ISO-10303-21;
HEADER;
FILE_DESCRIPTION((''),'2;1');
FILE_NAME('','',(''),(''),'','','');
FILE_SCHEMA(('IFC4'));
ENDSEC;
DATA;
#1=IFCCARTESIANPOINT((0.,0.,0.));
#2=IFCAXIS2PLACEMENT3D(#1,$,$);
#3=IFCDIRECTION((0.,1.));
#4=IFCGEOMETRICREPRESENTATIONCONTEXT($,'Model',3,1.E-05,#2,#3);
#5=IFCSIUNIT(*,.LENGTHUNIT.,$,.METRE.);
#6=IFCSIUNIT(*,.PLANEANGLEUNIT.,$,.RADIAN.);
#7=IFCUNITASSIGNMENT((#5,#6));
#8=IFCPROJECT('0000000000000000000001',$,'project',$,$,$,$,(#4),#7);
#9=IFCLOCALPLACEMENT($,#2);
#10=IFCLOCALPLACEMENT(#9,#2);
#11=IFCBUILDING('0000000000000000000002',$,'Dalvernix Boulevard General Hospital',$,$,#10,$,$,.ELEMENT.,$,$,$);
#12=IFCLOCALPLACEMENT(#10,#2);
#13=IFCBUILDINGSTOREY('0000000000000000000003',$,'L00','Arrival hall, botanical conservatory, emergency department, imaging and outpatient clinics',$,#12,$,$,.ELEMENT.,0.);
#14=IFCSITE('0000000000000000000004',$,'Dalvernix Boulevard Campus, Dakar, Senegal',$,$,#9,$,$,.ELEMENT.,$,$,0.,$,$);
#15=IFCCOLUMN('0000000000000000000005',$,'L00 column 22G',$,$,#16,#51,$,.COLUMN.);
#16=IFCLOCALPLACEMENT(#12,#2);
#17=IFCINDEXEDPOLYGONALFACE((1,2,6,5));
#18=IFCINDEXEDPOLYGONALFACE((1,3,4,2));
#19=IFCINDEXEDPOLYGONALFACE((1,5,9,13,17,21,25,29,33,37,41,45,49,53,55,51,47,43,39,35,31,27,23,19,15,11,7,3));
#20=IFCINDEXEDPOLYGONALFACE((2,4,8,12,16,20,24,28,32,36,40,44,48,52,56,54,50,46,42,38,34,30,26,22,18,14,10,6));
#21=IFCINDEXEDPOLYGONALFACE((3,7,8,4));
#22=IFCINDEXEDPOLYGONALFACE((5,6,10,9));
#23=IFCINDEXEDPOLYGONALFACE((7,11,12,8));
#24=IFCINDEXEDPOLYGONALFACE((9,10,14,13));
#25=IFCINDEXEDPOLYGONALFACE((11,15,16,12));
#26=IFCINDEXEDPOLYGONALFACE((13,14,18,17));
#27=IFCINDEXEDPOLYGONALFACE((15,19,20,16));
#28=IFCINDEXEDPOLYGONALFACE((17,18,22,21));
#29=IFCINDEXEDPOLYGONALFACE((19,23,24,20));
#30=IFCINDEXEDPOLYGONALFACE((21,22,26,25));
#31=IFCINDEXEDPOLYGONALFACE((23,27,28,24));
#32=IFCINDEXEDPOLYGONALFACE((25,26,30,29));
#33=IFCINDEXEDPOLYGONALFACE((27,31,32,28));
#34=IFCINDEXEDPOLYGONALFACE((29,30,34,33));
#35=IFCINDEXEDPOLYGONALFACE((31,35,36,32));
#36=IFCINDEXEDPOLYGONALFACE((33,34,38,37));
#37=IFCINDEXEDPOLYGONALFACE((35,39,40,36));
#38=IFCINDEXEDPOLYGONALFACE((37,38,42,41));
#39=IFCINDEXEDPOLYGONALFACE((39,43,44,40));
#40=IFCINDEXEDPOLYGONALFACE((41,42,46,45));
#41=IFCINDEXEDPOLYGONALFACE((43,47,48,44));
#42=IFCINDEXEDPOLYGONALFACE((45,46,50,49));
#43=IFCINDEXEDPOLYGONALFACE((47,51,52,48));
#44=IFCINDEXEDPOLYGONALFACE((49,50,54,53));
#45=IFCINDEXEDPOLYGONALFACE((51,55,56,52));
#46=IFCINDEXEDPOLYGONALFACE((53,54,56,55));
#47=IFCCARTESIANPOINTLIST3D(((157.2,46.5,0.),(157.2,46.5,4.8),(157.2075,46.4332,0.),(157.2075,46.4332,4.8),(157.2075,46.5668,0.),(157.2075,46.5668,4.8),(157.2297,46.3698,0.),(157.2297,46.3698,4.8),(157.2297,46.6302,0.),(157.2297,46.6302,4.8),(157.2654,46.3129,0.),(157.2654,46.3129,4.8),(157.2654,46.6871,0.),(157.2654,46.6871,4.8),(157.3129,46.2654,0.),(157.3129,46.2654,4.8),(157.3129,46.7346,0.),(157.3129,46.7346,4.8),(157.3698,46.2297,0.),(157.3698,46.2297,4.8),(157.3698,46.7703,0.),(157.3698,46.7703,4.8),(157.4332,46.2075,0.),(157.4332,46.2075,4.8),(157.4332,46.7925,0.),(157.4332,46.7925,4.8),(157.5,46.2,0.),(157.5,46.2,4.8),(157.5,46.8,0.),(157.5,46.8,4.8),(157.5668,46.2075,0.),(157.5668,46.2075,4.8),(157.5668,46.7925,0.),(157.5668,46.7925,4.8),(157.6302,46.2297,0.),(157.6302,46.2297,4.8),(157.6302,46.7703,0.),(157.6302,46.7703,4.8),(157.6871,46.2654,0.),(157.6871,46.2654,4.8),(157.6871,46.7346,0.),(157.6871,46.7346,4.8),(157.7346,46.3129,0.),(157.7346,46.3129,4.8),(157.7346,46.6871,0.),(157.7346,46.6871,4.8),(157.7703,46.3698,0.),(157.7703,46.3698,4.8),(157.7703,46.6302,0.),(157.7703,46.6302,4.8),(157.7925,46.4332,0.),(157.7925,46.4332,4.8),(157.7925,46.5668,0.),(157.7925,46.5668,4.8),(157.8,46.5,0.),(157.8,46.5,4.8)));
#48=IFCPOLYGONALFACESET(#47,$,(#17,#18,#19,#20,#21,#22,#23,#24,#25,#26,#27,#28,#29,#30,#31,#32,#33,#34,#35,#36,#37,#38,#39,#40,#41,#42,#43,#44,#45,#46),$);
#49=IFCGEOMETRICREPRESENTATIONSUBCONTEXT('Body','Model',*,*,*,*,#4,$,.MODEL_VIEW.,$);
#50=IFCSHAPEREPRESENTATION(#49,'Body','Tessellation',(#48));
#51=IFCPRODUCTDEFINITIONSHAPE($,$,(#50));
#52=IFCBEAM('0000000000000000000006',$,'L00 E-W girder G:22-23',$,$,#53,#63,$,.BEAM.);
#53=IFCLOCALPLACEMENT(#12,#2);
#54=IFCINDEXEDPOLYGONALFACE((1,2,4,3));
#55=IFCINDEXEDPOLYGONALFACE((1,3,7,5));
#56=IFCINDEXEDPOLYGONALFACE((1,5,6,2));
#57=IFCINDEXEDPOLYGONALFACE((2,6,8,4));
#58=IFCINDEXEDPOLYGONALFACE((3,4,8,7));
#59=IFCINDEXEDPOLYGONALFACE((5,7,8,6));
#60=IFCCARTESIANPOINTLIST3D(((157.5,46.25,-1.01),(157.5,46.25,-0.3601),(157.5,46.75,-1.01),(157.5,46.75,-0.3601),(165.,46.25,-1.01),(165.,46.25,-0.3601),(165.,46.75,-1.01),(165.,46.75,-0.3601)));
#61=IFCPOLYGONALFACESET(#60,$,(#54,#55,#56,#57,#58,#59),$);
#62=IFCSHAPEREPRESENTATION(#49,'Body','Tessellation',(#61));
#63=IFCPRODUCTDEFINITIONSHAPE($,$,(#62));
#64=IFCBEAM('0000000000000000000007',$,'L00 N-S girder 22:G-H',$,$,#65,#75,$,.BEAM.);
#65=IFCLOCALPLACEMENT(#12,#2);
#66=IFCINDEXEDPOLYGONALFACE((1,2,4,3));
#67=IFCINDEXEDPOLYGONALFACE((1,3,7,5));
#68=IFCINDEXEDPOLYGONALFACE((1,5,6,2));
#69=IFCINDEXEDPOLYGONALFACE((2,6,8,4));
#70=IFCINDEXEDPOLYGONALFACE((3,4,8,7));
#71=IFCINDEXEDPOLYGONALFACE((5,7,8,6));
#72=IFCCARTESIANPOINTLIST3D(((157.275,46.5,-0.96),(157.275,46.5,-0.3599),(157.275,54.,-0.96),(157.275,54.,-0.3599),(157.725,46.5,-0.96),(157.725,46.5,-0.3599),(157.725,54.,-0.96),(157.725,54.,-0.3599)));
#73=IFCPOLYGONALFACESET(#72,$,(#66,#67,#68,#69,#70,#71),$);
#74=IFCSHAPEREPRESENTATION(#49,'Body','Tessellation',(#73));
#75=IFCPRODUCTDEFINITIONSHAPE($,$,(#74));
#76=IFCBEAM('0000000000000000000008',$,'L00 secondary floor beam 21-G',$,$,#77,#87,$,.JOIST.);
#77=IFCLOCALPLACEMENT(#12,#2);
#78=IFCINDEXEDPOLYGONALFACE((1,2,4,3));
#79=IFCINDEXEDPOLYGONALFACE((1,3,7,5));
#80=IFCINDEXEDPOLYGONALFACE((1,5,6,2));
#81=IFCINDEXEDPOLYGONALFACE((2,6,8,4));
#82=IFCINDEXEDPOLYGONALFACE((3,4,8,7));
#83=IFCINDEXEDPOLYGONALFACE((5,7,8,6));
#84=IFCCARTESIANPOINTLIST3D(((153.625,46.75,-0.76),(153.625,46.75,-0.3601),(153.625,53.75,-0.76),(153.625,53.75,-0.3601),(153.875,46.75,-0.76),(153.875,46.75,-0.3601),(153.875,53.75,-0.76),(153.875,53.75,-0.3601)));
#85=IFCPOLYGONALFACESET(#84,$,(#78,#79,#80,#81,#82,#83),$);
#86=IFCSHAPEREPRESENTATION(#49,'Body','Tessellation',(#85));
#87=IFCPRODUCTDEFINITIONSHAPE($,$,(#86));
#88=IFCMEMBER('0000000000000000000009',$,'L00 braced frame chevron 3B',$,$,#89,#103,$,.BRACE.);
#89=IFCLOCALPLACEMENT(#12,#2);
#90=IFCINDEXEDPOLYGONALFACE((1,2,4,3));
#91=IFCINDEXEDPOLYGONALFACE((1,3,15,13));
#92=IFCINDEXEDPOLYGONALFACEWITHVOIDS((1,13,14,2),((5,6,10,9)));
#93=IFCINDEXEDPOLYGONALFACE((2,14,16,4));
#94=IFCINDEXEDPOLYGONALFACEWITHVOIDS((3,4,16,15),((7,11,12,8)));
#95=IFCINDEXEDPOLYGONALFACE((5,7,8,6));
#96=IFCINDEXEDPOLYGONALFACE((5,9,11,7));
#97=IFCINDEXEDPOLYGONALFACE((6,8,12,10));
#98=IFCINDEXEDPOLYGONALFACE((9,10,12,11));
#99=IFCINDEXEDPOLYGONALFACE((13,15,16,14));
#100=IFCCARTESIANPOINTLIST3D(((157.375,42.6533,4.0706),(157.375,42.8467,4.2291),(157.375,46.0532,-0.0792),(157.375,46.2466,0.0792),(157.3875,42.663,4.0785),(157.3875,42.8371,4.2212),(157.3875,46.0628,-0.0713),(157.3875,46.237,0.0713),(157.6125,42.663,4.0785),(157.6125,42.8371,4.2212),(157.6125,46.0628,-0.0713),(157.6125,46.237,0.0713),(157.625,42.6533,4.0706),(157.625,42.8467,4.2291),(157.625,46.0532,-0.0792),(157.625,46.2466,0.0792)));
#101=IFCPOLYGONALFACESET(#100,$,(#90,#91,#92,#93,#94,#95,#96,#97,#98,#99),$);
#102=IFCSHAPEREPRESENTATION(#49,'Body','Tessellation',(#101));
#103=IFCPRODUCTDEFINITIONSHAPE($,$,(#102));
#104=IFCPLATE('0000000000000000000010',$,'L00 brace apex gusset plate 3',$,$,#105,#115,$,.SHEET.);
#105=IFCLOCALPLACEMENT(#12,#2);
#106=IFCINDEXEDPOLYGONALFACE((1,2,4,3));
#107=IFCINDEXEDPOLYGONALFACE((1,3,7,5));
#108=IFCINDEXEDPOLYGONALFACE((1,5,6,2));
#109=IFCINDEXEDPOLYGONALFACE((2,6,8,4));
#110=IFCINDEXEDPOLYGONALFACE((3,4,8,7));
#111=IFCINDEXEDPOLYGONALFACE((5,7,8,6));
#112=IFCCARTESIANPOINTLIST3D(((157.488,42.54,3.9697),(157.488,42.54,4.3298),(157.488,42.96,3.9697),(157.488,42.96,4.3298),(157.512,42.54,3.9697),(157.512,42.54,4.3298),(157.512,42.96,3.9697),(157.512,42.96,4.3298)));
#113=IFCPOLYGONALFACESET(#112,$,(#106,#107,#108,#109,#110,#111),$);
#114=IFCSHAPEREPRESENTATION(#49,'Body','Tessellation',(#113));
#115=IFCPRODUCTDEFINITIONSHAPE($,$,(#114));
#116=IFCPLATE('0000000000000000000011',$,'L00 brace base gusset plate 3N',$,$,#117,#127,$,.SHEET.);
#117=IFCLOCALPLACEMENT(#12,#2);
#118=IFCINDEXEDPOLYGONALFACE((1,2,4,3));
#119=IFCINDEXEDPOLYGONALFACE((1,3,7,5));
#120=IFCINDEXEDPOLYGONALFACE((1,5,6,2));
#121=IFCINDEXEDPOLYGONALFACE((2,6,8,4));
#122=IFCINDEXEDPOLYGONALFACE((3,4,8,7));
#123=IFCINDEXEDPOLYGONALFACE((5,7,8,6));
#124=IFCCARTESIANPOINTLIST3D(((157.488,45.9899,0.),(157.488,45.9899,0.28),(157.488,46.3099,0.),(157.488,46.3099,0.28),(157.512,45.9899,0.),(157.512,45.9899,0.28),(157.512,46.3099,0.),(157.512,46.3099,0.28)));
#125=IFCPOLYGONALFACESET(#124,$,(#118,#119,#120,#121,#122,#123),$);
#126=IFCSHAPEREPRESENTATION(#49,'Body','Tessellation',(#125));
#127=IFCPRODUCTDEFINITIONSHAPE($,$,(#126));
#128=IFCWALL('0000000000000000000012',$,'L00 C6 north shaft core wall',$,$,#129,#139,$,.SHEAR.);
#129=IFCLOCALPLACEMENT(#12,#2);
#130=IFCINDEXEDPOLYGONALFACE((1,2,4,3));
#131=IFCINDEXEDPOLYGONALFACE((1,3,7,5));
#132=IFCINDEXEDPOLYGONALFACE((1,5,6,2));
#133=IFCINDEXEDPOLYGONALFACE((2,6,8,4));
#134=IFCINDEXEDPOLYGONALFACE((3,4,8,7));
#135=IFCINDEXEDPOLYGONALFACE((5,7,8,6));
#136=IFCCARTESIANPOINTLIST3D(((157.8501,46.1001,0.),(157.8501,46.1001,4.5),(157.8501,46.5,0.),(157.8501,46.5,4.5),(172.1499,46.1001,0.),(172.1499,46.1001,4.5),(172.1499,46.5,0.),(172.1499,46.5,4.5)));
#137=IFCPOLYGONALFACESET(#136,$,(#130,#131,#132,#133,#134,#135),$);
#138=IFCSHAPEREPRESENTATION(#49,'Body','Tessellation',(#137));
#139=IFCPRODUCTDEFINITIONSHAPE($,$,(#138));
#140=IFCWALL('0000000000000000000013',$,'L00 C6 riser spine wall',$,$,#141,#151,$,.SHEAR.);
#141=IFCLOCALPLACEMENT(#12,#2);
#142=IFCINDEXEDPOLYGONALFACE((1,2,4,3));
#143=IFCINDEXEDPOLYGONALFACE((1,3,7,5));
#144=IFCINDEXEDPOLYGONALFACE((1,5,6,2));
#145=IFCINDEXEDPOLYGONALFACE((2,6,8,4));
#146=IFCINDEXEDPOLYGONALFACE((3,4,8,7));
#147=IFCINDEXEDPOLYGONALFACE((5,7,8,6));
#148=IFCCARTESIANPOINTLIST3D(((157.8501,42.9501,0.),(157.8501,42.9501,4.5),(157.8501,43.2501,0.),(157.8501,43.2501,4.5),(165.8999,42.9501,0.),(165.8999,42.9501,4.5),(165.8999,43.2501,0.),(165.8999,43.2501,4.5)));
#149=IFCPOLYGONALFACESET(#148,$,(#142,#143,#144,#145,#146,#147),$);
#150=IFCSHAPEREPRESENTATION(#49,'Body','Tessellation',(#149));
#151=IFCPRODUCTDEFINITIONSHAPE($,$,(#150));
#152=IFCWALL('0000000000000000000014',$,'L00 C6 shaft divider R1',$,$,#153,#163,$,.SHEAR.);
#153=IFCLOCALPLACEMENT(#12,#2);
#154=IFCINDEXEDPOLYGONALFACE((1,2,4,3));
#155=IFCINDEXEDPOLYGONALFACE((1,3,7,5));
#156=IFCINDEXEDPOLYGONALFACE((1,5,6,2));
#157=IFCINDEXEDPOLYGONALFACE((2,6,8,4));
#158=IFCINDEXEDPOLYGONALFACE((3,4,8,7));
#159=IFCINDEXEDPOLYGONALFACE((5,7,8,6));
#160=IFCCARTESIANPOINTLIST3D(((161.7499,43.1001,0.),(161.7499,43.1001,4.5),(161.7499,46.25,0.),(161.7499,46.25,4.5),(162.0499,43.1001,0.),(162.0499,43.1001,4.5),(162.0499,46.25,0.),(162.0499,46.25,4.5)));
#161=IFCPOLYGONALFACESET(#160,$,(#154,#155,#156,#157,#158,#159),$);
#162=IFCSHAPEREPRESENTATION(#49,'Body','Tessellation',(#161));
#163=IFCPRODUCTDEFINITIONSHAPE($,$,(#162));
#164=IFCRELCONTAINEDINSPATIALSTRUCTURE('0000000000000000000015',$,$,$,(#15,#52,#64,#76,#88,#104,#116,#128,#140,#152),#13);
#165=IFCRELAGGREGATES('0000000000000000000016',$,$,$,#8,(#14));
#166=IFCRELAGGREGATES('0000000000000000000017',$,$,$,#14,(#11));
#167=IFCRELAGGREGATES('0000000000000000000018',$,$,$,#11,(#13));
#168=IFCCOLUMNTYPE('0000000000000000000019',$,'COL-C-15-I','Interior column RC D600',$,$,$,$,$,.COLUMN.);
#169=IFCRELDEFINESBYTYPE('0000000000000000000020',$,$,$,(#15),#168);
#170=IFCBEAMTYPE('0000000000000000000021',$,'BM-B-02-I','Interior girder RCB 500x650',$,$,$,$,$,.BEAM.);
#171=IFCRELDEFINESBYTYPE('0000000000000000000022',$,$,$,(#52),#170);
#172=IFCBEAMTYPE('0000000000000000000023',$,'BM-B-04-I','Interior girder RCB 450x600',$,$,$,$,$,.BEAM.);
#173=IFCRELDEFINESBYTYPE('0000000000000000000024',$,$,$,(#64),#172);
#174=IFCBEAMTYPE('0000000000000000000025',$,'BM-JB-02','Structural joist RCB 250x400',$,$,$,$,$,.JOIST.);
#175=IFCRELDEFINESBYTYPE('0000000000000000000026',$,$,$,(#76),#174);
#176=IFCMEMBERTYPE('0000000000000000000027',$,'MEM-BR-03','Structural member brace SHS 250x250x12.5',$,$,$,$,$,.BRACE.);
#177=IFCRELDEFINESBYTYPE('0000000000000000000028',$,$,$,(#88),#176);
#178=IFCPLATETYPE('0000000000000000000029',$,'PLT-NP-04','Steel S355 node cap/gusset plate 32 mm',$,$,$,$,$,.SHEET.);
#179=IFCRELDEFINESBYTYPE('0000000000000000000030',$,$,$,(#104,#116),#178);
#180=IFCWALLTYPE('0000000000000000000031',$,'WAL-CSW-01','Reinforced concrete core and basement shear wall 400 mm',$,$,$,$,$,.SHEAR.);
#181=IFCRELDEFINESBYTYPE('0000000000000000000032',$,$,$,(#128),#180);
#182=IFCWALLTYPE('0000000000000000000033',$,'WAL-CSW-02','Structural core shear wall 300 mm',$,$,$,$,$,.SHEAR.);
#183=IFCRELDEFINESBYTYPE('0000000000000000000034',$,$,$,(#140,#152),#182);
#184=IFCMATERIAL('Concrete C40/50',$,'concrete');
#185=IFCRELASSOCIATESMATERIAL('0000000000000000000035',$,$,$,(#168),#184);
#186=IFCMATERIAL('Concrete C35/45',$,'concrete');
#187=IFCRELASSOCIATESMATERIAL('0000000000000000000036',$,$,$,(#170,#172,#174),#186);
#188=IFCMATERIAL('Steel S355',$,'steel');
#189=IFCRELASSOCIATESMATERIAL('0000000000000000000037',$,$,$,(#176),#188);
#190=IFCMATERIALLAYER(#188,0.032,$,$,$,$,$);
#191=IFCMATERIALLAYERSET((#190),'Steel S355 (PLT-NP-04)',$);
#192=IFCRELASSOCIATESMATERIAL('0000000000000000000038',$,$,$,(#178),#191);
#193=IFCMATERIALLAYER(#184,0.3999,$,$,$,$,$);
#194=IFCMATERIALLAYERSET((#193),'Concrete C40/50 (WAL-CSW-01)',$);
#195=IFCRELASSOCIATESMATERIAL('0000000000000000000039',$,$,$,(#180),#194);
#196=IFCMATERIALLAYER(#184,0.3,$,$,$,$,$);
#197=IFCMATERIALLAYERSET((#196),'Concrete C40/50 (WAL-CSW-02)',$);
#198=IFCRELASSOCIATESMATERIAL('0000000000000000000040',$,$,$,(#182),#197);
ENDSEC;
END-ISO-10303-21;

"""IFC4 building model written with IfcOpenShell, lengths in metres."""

from ifc_helpers import new_model, si_unit, direction, frame, frame_2d, origin, origin_2d, place, context, subcontext, project, spatial, rectangle, hollow_rectangle, circle, extrude, material, layer, layer_set, material_profile, profile_set, type_object, element, save


model = new_model("IFC4")

# Units and contexts
model_context = context("Model", 3, precision=1e-05, world=origin(), true_north=direction((0.0, 1.0)))
body_context = subcontext(model_context, "Body", "Model", "MODEL_VIEW")
ifc_project = project(units=[si_unit("LENGTHUNIT", "METRE"), si_unit("PLANEANGLEUNIT", "RADIAN")], contexts=[model_context])

# Site, building, storey
site_placement = place(None, origin())
site = spatial("IfcSite", under=ifc_project, at=site_placement, Name="Dalvernix Boulevard Campus, Dakar, Senegal", CompositionType="ELEMENT", RefElevation=0.0)
building_placement = place(site_placement, origin())
building = spatial("IfcBuilding", under=site, at=building_placement, Name="Dalvernix Boulevard General Hospital", CompositionType="ELEMENT")
storey_placement = place(building_placement, origin())
storey = spatial("IfcBuildingStorey", under=building, at=storey_placement, Name="L00", Description="Arrival hall, botanical conservatory, emergency department, imaging and outpatient clinics", CompositionType="ELEMENT", Elevation=0.0)

# Column
ifc_material_1 = material(Name="Concrete C40/50", Category="concrete")
ifc_material_profile_1 = material_profile(ifc_material_1, circle(Radius=0.3, at=origin_2d()), Name="RC D600")
ifc_profile_set_1 = profile_set([ifc_material_profile_1], Name="Concrete C40/50")
column_type = type_object("IfcColumnType", Name="COL-C-15-I", Description="Interior column RC D600", PredefinedType="COLUMN", material=ifc_profile_set_1)
column_placement = place(storey_placement, frame((157.5, 46.5, 0.0), z_axis=(0.0, 0.0, 1.0), x_axis=(1.0, 0.0, 0.0)))
element("IfcColumn", 1, at=column_placement, inside=storey, type_object=column_type, Name="L00 column 22G", PredefinedType="COLUMN", context=body_context, shape_type="SweptSolid", body=[
    extrude(circle(Radius=0.3, at=origin_2d()), origin(), (0.0, 0.0, 1.0), 4.8),
])

# Beams
ifc_material_2 = material(Name="Concrete C35/45", Category="concrete")
ifc_material_profile_2 = material_profile(ifc_material_2, rectangle(XDim=0.5, YDim=0.6499, at=origin_2d()), Name="RCB 500x650")
ifc_profile_set_2 = profile_set([ifc_material_profile_2], Name="Concrete C35/45")
beam_type_1 = type_object("IfcBeamType", Name="BM-B-02-I", Description="Interior girder RCB 500x650", PredefinedType="BEAM", material=ifc_profile_set_2)
beam_1_placement = place(storey_placement, frame((157.5, 46.5, -0.6851), z_axis=(1.0, 0.0, 0.0), x_axis=(0.0, 1.0, 0.0)))
element("IfcBeam", 2, at=beam_1_placement, inside=storey, type_object=beam_type_1, Name="L00 E-W girder G:22-23", PredefinedType="BEAM", context=body_context, shape_type="SweptSolid", body=[
    extrude(rectangle(XDim=0.5, YDim=0.6499, at=origin_2d()), origin(), (0.0, 0.0, 1.0), 7.5),
])
ifc_material_profile_3 = material_profile(ifc_material_2, rectangle(XDim=0.45, YDim=0.6001, at=origin_2d()), Name="RCB 450x600")
ifc_profile_set_3 = profile_set([ifc_material_profile_3], Name="Concrete C35/45")
beam_type_2 = type_object("IfcBeamType", Name="BM-B-04-I", Description="Interior girder RCB 450x600", PredefinedType="BEAM", material=ifc_profile_set_3)
beam_2_placement = place(storey_placement, frame((157.5, 46.5, -0.6599), z_axis=(0.0, 1.0, 0.0), x_axis=(-1.0, 0.0, 0.0)))
element("IfcBeam", 3, at=beam_2_placement, inside=storey, type_object=beam_type_2, Name="L00 N-S girder 22:G-H", PredefinedType="BEAM", context=body_context, shape_type="SweptSolid", body=[
    extrude(rectangle(XDim=0.45, YDim=0.6001, at=origin_2d()), origin(), (0.0, 0.0, 1.0), 7.5),
])
ifc_material_profile_4 = material_profile(ifc_material_2, rectangle(XDim=0.25, YDim=0.3999, at=origin_2d()), Name="RCB 250x400")
ifc_profile_set_4 = profile_set([ifc_material_profile_4], Name="Concrete C35/45")
beam_type_3 = type_object("IfcBeamType", Name="BM-JB-02", Description="Structural joist RCB 250x400", PredefinedType="JOIST", material=ifc_profile_set_4)
beam_3_placement = place(storey_placement, frame((153.75, 46.75, -0.5601), z_axis=(0.0, 1.0, 0.0), x_axis=(-1.0, 0.0, 0.0)))
element("IfcBeam", 4, at=beam_3_placement, inside=storey, type_object=beam_type_3, Name="L00 secondary floor beam 21-G", PredefinedType="JOIST", context=body_context, shape_type="SweptSolid", body=[
    extrude(rectangle(XDim=0.25, YDim=0.3999, at=origin_2d()), origin(), (0.0, 0.0, 1.0), 7.0),
])

# Member
ifc_material_3 = material(Name="Steel S355", Category="steel")
ifc_material_profile_5 = material_profile(ifc_material_3, hollow_rectangle(XDim=0.25, YDim=0.25, WallThickness=0.0125, at=origin_2d()), Name="SHS 250x250x12.5")
ifc_profile_set_5 = profile_set([ifc_material_profile_5], Name="Steel S355")
member_type = type_object("IfcMemberType", Name="MEM-BR-03", Description="Structural member brace SHS 250x250x12.5", PredefinedType="BRACE", material=ifc_profile_set_5)
member_placement = place(storey_placement, frame((157.5, 46.1499, 0.0), z_axis=(0.0, -0.633743, 0.773544), x_axis=(1.0, 0.0, 0.0)))
element("IfcMember", 5, at=member_placement, inside=storey, type_object=member_type, Name="L00 braced frame chevron 3B", PredefinedType="BRACE", context=body_context, shape_type="SweptSolid", body=[
    extrude(hollow_rectangle(XDim=0.25, YDim=0.25, WallThickness=0.0125, at=origin_2d()), origin(), (0.0, 0.0, 1.0), 5.3647),
])

# Plates
ifc_layer_1 = layer(ifc_material_3, 0.032)
ifc_layer_set_1 = layer_set([ifc_layer_1], Name="Steel S355 (PLT-NP-04)")
plate_type = type_object("IfcPlateType", Name="PLT-NP-04", Description="Steel S355 node cap/gusset plate 32 mm", PredefinedType="SHEET", material=ifc_layer_set_1)
plate_1_placement = place(storey_placement, frame((157.5, 42.75, 3.9697), z_axis=(0.0, 0.0, 1.0), x_axis=(0.0, 1.0, 0.0)))
element("IfcPlate", 6, at=plate_1_placement, inside=storey, type_object=plate_type, Name="L00 brace apex gusset plate 3", PredefinedType="SHEET", context=body_context, shape_type="SweptSolid", body=[
    extrude(rectangle(XDim=0.4199, YDim=0.0239, at=origin_2d()), origin(), (0.0, 0.0, 1.0), 0.3601),
])
plate_2_placement = place(storey_placement, frame((157.5, 46.1499, 0.0), z_axis=(0.0, 0.0, 1.0), x_axis=(0.0, 1.0, 0.0)))
element("IfcPlate", 7, at=plate_2_placement, inside=storey, type_object=plate_type, Name="L00 brace base gusset plate 3N", PredefinedType="SHEET", context=body_context, shape_type="SweptSolid", body=[
    extrude(rectangle(XDim=0.3201, YDim=0.0239, at=origin_2d()), origin(), (0.0, 0.0, 1.0), 0.28),
])

# Walls
ifc_layer_2 = layer(ifc_material_1, 0.3999)
ifc_layer_set_2 = layer_set([ifc_layer_2], Name="Concrete C40/50 (WAL-CSW-01)")
wall_type_1 = type_object("IfcWallType", Name="WAL-CSW-01", Description="Reinforced concrete core and basement shear wall 400 mm", PredefinedType="SHEAR", material=ifc_layer_set_2)
wall_1_placement = place(storey_placement, frame((157.8501, 46.3, 0.0), z_axis=(0.0, 0.0, 1.0), x_axis=(1.0, 0.0, 0.0)))
element("IfcWall", 8, at=wall_1_placement, inside=storey, type_object=wall_type_1, Name="L00 C6 north shaft core wall", PredefinedType="SHEAR", context=body_context, shape_type="SweptSolid", body=[
    extrude(rectangle(XDim=14.2998, YDim=0.3999, at=frame_2d((7.1499, 0.0))), origin(), (0.0, 0.0, 1.0), 4.5),
])
ifc_layer_3 = layer(ifc_material_1, 0.3)
ifc_layer_set_3 = layer_set([ifc_layer_3], Name="Concrete C40/50 (WAL-CSW-02)")
wall_type_2 = type_object("IfcWallType", Name="WAL-CSW-02", Description="Structural core shear wall 300 mm", PredefinedType="SHEAR", material=ifc_layer_set_3)
wall_2_placement = place(storey_placement, frame((157.8501, 43.1001, 0.0), z_axis=(0.0, 0.0, 1.0), x_axis=(1.0, 0.0, 0.0)))
element("IfcWall", 9, at=wall_2_placement, inside=storey, type_object=wall_type_2, Name="L00 C6 riser spine wall", PredefinedType="SHEAR", context=body_context, shape_type="SweptSolid", body=[
    extrude(rectangle(XDim=8.0498, YDim=0.3, at=frame_2d((4.0249, 0.0))), origin(), (0.0, 0.0, 1.0), 4.5),
])
wall_3_placement = place(storey_placement, frame((161.8999, 43.1001, 0.0), z_axis=(0.0, 0.0, 1.0), x_axis=(0.0, 1.0, 0.0)))
element("IfcWall", 10, at=wall_3_placement, inside=storey, type_object=wall_type_2, Name="L00 C6 shaft divider R1", PredefinedType="SHEAR", context=body_context, shape_type="SweptSolid", body=[
    extrude(rectangle(XDim=3.1499, YDim=0.3, at=frame_2d((1.575, 0.0))), origin(), (0.0, 0.0, 1.0), 4.5),
])

save(model, "model.ifc")
